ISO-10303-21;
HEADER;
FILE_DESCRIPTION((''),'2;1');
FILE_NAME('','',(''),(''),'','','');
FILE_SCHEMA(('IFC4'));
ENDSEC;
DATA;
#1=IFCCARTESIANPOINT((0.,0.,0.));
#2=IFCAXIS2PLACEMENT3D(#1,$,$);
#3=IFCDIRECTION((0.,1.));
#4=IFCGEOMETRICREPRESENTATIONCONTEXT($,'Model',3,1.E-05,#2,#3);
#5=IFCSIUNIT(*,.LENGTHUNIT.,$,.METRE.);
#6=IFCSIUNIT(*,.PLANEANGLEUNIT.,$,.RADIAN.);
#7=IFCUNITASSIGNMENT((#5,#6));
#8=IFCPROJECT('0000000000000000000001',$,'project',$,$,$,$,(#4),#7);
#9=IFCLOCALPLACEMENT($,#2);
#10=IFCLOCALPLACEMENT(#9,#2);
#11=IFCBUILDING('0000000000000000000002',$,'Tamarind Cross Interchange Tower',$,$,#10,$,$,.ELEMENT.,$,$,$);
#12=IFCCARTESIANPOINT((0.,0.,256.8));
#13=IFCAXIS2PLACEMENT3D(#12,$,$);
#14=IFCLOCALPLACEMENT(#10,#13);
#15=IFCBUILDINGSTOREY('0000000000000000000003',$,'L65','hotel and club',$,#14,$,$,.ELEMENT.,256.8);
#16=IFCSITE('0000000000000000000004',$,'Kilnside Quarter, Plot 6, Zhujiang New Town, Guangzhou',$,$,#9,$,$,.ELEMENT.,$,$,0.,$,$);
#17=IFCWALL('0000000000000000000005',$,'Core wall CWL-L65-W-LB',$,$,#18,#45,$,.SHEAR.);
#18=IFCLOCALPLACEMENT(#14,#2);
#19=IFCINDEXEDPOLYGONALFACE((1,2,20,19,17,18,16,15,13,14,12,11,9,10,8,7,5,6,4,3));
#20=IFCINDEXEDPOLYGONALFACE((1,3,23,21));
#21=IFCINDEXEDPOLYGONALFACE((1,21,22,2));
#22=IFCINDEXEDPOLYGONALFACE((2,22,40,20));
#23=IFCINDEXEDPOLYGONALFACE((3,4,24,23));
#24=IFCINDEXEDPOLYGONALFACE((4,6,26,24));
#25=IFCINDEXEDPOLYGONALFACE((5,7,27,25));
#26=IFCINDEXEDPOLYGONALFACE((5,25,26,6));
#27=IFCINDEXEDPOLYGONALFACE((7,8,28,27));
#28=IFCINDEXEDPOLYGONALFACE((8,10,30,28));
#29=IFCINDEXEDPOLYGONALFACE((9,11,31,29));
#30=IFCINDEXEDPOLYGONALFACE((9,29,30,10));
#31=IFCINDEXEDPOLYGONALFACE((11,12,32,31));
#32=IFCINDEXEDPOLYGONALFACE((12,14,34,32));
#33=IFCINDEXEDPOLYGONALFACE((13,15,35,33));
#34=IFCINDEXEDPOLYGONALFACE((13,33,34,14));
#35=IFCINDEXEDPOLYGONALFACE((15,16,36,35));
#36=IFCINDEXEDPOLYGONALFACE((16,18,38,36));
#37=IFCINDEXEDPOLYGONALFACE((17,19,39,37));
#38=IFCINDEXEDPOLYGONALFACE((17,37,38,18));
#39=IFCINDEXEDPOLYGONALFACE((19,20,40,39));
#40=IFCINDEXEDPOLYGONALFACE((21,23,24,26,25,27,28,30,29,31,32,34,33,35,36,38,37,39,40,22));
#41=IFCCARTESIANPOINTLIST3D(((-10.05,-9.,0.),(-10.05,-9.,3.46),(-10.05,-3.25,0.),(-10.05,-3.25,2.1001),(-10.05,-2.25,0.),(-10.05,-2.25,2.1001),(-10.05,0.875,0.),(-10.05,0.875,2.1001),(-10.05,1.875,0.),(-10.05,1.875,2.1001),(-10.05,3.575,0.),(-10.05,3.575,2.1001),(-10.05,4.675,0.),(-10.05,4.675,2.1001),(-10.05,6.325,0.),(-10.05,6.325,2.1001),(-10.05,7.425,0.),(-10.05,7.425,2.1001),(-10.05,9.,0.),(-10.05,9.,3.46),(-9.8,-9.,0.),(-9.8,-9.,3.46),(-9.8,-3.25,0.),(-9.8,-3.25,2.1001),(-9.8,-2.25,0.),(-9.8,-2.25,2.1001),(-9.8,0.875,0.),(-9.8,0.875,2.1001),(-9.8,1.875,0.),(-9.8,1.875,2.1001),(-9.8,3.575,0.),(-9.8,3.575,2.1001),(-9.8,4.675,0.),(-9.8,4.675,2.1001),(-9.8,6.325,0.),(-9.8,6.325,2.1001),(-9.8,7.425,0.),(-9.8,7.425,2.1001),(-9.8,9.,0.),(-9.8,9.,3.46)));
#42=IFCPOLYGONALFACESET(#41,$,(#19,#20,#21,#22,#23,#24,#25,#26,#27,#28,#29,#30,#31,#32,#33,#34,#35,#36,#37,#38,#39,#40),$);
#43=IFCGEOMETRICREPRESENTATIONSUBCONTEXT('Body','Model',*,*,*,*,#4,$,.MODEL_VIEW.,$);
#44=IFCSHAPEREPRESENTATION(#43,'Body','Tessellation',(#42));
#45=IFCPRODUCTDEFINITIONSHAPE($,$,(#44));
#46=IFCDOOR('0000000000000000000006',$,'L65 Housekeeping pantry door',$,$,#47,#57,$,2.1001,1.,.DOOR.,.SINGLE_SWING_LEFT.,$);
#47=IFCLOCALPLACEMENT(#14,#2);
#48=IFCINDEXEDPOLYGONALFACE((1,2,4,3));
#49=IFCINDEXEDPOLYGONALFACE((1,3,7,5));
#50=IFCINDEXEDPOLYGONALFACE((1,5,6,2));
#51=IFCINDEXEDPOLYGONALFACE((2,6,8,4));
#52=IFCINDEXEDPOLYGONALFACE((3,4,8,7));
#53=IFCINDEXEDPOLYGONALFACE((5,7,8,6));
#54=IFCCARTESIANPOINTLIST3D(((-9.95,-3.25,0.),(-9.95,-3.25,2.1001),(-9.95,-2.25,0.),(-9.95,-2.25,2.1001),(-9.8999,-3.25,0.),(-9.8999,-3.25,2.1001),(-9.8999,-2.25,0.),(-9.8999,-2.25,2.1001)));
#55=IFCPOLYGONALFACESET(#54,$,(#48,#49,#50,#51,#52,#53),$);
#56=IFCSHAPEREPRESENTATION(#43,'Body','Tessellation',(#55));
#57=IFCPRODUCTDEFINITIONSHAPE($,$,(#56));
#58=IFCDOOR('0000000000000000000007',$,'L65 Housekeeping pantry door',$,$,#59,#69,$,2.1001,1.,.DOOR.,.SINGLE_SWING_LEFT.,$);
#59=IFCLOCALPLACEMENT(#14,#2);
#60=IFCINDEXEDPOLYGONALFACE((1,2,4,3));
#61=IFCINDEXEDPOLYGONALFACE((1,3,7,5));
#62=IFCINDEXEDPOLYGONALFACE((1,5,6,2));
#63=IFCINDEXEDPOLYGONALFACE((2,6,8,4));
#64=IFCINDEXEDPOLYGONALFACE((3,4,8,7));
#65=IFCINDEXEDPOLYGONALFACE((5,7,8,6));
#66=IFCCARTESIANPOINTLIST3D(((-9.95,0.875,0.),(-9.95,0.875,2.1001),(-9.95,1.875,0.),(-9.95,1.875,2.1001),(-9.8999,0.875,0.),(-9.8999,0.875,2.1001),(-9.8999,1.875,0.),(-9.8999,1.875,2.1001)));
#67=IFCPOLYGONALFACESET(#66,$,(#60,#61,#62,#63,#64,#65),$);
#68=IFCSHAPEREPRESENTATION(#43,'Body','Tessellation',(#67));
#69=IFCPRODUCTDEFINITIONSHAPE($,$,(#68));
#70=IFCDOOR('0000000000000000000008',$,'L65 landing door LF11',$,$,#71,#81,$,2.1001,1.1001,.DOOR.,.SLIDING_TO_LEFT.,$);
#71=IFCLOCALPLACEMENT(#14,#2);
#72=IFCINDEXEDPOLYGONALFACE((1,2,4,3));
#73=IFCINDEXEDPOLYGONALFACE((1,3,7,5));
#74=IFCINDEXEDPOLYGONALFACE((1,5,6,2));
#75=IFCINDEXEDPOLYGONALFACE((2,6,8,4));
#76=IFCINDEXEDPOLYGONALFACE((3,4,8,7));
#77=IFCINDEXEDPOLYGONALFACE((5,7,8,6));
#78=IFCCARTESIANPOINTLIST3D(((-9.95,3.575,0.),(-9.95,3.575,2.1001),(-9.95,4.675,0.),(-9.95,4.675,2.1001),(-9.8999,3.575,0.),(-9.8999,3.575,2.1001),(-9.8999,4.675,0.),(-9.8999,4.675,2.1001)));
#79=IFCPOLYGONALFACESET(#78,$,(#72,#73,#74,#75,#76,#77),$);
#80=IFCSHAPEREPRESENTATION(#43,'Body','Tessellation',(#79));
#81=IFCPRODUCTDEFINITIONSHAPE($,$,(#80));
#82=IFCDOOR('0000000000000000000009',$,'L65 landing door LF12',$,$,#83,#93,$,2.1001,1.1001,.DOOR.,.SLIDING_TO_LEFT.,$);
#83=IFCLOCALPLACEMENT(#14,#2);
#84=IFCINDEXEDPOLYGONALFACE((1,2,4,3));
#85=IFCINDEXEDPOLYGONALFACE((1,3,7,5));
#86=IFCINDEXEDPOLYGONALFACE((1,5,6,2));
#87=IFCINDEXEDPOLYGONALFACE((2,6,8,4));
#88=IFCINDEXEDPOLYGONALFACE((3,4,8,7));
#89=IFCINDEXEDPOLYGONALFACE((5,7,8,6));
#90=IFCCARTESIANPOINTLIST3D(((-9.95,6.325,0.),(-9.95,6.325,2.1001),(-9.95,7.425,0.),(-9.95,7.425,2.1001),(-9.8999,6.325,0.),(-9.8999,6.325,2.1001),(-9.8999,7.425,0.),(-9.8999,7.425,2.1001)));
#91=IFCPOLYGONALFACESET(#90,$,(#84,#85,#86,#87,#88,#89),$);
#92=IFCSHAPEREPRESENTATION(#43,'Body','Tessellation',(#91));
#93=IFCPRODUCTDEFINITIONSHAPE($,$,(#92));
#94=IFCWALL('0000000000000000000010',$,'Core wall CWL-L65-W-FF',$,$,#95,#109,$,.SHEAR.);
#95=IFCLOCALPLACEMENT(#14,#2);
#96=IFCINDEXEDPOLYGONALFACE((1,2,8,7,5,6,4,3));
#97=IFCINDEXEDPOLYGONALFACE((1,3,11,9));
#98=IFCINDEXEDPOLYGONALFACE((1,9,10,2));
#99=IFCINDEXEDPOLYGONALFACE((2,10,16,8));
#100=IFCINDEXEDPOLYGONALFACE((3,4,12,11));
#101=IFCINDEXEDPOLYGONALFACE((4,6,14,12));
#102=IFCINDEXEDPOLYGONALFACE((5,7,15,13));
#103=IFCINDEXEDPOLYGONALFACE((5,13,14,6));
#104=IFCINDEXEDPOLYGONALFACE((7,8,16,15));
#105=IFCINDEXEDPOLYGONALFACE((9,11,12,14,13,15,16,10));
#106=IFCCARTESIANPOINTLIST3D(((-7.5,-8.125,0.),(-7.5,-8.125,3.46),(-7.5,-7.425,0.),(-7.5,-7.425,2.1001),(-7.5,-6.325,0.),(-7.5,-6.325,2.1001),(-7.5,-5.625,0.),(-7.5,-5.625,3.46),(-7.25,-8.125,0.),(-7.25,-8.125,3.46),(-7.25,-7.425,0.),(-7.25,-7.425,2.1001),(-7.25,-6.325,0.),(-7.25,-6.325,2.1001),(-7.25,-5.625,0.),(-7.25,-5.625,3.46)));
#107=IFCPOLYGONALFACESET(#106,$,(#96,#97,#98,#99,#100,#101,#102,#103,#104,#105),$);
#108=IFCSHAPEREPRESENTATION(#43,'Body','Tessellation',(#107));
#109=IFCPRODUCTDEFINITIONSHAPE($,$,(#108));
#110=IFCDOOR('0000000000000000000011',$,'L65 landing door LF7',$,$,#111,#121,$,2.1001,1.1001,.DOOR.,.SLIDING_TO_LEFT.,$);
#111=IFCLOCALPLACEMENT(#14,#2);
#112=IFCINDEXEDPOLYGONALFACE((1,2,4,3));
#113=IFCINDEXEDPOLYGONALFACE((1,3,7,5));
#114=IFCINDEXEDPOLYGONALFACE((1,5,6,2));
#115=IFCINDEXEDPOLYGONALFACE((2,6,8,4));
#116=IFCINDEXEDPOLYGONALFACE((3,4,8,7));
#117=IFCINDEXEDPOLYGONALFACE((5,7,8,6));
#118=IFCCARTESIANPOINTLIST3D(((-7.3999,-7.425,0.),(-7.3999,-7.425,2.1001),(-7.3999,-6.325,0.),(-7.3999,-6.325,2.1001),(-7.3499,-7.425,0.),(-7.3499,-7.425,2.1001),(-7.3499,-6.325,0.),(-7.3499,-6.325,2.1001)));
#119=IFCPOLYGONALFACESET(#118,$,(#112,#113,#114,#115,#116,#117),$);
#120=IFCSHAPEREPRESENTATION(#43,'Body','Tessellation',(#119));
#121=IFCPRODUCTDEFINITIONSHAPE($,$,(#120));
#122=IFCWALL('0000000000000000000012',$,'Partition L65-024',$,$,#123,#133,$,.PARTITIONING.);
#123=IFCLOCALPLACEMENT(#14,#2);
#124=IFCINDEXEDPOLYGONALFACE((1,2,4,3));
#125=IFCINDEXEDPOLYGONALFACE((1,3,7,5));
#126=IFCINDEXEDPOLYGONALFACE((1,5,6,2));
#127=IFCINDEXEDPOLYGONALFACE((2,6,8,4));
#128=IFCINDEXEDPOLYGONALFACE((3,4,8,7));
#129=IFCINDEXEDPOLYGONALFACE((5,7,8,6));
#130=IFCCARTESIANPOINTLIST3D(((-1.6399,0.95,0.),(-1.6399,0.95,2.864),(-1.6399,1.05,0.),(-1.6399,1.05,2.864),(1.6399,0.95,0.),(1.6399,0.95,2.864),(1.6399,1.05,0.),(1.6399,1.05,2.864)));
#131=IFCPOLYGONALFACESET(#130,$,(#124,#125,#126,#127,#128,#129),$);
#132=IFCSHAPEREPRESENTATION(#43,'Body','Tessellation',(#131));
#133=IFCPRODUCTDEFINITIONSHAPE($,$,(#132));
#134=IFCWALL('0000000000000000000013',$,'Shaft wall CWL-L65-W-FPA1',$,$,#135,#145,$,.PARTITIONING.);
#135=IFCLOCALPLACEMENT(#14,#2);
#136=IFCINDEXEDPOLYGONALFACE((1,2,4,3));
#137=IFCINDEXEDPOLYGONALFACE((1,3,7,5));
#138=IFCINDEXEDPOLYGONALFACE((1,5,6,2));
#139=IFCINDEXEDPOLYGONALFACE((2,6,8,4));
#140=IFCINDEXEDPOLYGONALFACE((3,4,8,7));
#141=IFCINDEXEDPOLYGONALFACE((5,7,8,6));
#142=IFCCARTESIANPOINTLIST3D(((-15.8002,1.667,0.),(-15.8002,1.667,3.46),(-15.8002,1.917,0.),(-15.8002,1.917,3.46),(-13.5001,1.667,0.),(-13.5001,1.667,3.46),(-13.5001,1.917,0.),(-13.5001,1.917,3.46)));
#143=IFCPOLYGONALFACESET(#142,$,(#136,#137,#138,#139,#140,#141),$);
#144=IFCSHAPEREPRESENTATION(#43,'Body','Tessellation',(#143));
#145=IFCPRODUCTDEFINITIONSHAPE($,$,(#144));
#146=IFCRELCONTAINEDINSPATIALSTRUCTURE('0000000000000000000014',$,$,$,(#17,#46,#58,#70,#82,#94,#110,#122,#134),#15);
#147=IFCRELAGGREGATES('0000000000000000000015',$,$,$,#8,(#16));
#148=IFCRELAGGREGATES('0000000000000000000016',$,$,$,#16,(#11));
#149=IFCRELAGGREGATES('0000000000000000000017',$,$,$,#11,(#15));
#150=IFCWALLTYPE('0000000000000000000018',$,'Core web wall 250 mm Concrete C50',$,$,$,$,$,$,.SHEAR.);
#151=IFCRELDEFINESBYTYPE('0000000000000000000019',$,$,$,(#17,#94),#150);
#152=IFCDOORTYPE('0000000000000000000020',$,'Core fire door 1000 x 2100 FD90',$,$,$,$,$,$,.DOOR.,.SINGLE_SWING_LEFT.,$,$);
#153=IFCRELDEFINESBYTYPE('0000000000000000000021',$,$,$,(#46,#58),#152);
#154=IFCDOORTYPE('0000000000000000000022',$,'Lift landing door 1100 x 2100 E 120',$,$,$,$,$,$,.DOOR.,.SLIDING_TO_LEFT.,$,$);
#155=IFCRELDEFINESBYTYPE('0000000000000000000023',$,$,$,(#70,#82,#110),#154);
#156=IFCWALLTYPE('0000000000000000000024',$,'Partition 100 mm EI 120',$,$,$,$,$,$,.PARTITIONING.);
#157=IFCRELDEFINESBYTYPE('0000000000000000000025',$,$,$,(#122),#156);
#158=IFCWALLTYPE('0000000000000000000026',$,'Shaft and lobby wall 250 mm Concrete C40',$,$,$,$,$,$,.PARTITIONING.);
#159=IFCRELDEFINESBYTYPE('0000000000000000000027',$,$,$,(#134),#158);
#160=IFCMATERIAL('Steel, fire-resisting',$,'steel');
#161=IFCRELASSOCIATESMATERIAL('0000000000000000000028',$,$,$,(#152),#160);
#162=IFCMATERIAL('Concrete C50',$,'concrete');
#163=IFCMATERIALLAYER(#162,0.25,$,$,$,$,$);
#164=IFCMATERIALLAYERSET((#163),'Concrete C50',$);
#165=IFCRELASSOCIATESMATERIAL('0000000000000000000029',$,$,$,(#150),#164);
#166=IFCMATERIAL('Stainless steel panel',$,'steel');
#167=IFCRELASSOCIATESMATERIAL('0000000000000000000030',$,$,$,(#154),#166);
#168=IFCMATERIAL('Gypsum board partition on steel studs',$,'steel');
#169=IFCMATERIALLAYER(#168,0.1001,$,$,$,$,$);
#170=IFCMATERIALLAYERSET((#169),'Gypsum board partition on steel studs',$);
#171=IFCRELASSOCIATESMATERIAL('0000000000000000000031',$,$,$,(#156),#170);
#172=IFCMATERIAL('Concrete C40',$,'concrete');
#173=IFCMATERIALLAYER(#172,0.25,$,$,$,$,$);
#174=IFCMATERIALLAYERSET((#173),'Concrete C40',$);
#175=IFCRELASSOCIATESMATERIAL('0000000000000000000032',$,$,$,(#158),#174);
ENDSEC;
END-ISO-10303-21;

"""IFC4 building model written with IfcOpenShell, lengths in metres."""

from ifc_helpers import new_model, si_unit, direction, frame, frame_2d, origin, place, context, subcontext, project, spatial, rectangle, extrude, material, layer, layer_set, type_object, element, fill, save


model = new_model("IFC4")

# Units and contexts
model_context = context("Model", 3, precision=1e-05, world=origin(), true_north=direction((0.0, 1.0)))
body_context = subcontext(model_context, "Body", "Model", "MODEL_VIEW")
ifc_project = project(units=[si_unit("LENGTHUNIT", "METRE"), si_unit("PLANEANGLEUNIT", "RADIAN")], contexts=[model_context])

# Site, building, storey
site_placement = place(None, origin())
site = spatial("IfcSite", under=ifc_project, at=site_placement, Name="Kilnside Quarter, Plot 6, Zhujiang New Town, Guangzhou", CompositionType="ELEMENT", RefElevation=0.0)
building_placement = place(site_placement, origin())
building = spatial("IfcBuilding", under=site, at=building_placement, Name="Tamarind Cross Interchange Tower", CompositionType="ELEMENT")
storey_placement = place(building_placement, frame((0.0, 0.0, 256.8)))
storey = spatial("IfcBuildingStorey", under=building, at=storey_placement, Name="L65", Description="hotel and club", CompositionType="ELEMENT", Elevation=256.8)

# Shared definitions
ifc_material_1 = material(Name="Concrete C50", Category="concrete")
ifc_material_2 = material(Name="Steel, fire-resisting", Category="steel")
door_type_1 = type_object("IfcDoorType", Name="Core fire door 1000 x 2100 FD90", OperationType="SINGLE_SWING_LEFT", PredefinedType="DOOR", material=ifc_material_2)

# Shared definitions
ifc_layer_1 = layer(ifc_material_1, 0.25)
ifc_layer_set_1 = layer_set([ifc_layer_1], Name="Concrete C50")
wall_type_1 = type_object("IfcWallType", Name="Core web wall 250 mm Concrete C50", PredefinedType="SHEAR", material=ifc_layer_set_1)

# Wall, openings, doors
wall_1_placement = place(storey_placement, frame((-9.925, -9.0, 0.0), z_axis=(0.0, 0.0, 1.0), x_axis=(0.0, 1.0, 0.0)))
wall_1 = element("IfcWall", 1, at=wall_1_placement, inside=storey, type_object=wall_type_1, Name="Core wall CWL-L65-W-LB", PredefinedType="SHEAR", context=body_context, shape_type="SweptSolid", body=[
    extrude(rectangle(XDim=18.0, YDim=0.25, at=frame_2d((9.0, 0.0))), origin(), (0.0, 0.0, 1.0), 3.46),
])
opening_1_placement = place(wall_1_placement, frame((12.575, 0.0, 0.0)))
opening_1 = element("IfcOpeningElement", 2, at=opening_1_placement, cuts=wall_1, PredefinedType="OPENING", context=body_context, shape_type="SweptSolid", body=[
    extrude(rectangle(XDim=1.1001, YDim=2.1001, at=frame_2d((0.55, 1.05))), frame((0.0, 0.135, 0.0), z_axis=(0.0, -1.0, 0.0), x_axis=(1.0, 0.0, 0.0)), (0.0, 0.0, 1.0), 0.27),
])
opening_2_placement = place(wall_1_placement, frame((15.325, 0.0, 0.0)))
opening_2 = element("IfcOpeningElement", 3, at=opening_2_placement, cuts=wall_1, PredefinedType="OPENING", context=body_context, shape_type="SweptSolid", body=[
    extrude(rectangle(XDim=1.1001, YDim=2.1001, at=frame_2d((0.55, 1.05))), frame((0.0, 0.135, 0.0), z_axis=(0.0, -1.0, 0.0), x_axis=(1.0, 0.0, 0.0)), (0.0, 0.0, 1.0), 0.27),
])
opening_3_placement = place(wall_1_placement, frame((5.75, 0.0, 0.0)))
opening_3 = element("IfcOpeningElement", 4, at=opening_3_placement, cuts=wall_1, PredefinedType="OPENING", context=body_context, shape_type="SweptSolid", body=[
    extrude(rectangle(XDim=1.0, YDim=2.1001, at=frame_2d((0.5, 1.05))), frame((0.0, 0.135, 0.0), z_axis=(0.0, -1.0, 0.0), x_axis=(1.0, 0.0, 0.0)), (0.0, 0.0, 1.0), 0.27),
])
opening_4_placement = place(wall_1_placement, frame((9.875, 0.0, 0.0)))
opening_4 = element("IfcOpeningElement", 5, at=opening_4_placement, cuts=wall_1, PredefinedType="OPENING", context=body_context, shape_type="SweptSolid", body=[
    extrude(rectangle(XDim=1.0, YDim=2.1001, at=frame_2d((0.5, 1.05))), frame((0.0, 0.135, 0.0), z_axis=(0.0, -1.0, 0.0), x_axis=(1.0, 0.0, 0.0)), (0.0, 0.0, 1.0), 0.27),
])
door_1_placement = place(opening_3_placement, origin())
door_1 = element("IfcDoor", 6, at=door_1_placement, inside=storey, type_object=door_type_1, Name="L65 Housekeeping pantry door", OperationType="SINGLE_SWING_LEFT", OverallHeight=2.1001, OverallWidth=1.0, PredefinedType="DOOR", context=body_context, shape_type="SweptSolid", body=[
    extrude(rectangle(XDim=1.0, YDim=2.1001, at=frame_2d((0.5, 1.05))), frame((0.0, 0.0249, 0.0), z_axis=(0.0, -1.0, 0.0), x_axis=(1.0, 0.0, 0.0)), (0.0, 0.0, 1.0), 0.05),
])
fill(opening_3, door_1)
door_2_placement = place(opening_4_placement, origin())
door_2 = element("IfcDoor", 7, at=door_2_placement, inside=storey, type_object=door_type_1, Name="L65 Housekeeping pantry door", OperationType="SINGLE_SWING_LEFT", OverallHeight=2.1001, OverallWidth=1.0, PredefinedType="DOOR", context=body_context, shape_type="SweptSolid", body=[
    extrude(rectangle(XDim=1.0, YDim=2.1001, at=frame_2d((0.5, 1.05))), frame((0.0, 0.0249, 0.0), z_axis=(0.0, -1.0, 0.0), x_axis=(1.0, 0.0, 0.0)), (0.0, 0.0, 1.0), 0.05),
])
fill(opening_4, door_2)
ifc_material_3 = material(Name="Stainless steel panel", Category="steel")
door_type_2 = type_object("IfcDoorType", Name="Lift landing door 1100 x 2100 E 120", OperationType="SLIDING_TO_LEFT", PredefinedType="DOOR", material=ifc_material_3)
door_3_placement = place(opening_1_placement, origin())
door_3 = element("IfcDoor", 8, at=door_3_placement, inside=storey, type_object=door_type_2, Name="L65 landing door LF11", OperationType="SLIDING_TO_LEFT", OverallHeight=2.1001, OverallWidth=1.1001, PredefinedType="DOOR", context=body_context, shape_type="SweptSolid", body=[
    extrude(rectangle(XDim=1.1001, YDim=2.1001, at=frame_2d((0.55, 1.05))), frame((0.0, 0.0249, 0.0), z_axis=(0.0, -1.0, 0.0), x_axis=(1.0, 0.0, 0.0)), (0.0, 0.0, 1.0), 0.05),
])
fill(opening_1, door_3)
door_4_placement = place(opening_2_placement, origin())
door_4 = element("IfcDoor", 9, at=door_4_placement, inside=storey, type_object=door_type_2, Name="L65 landing door LF12", OperationType="SLIDING_TO_LEFT", OverallHeight=2.1001, OverallWidth=1.1001, PredefinedType="DOOR", context=body_context, shape_type="SweptSolid", body=[
    extrude(rectangle(XDim=1.1001, YDim=2.1001, at=frame_2d((0.55, 1.05))), frame((0.0, 0.0249, 0.0), z_axis=(0.0, -1.0, 0.0), x_axis=(1.0, 0.0, 0.0)), (0.0, 0.0, 1.0), 0.05),
])
fill(opening_2, door_4)

# Wall, opening, door
wall_2_placement = place(storey_placement, frame((-7.375, -8.125, 0.0), z_axis=(0.0, 0.0, 1.0), x_axis=(0.0, 1.0, 0.0)))
wall_2 = element("IfcWall", 10, at=wall_2_placement, inside=storey, type_object=wall_type_1, Name="Core wall CWL-L65-W-FF", PredefinedType="SHEAR", context=body_context, shape_type="SweptSolid", body=[
    extrude(rectangle(XDim=2.5, YDim=0.25, at=frame_2d((1.25, 0.0))), origin(), (0.0, 0.0, 1.0), 3.46),
])
opening_5_placement = place(wall_2_placement, frame((0.7, 0.0, 0.0)))
opening_5 = element("IfcOpeningElement", 11, at=opening_5_placement, cuts=wall_2, PredefinedType="OPENING", context=body_context, shape_type="SweptSolid", body=[
    extrude(rectangle(XDim=1.1001, YDim=2.1001, at=frame_2d((0.55, 1.05))), frame((0.0, 0.135, 0.0), z_axis=(0.0, -1.0, 0.0), x_axis=(1.0, 0.0, 0.0)), (0.0, 0.0, 1.0), 0.27),
])
door_5_placement = place(opening_5_placement, origin())
door_5 = element("IfcDoor", 12, at=door_5_placement, inside=storey, type_object=door_type_2, Name="L65 landing door LF7", OperationType="SLIDING_TO_LEFT", OverallHeight=2.1001, OverallWidth=1.1001, PredefinedType="DOOR", context=body_context, shape_type="SweptSolid", body=[
    extrude(rectangle(XDim=1.1001, YDim=2.1001, at=frame_2d((0.55, 1.05))), frame((0.0, 0.0249, 0.0), z_axis=(0.0, -1.0, 0.0), x_axis=(1.0, 0.0, 0.0)), (0.0, 0.0, 1.0), 0.05),
])
fill(opening_5, door_5)

# Walls
ifc_material_4 = material(Name="Gypsum board partition on steel studs", Category="steel")
ifc_layer_2 = layer(ifc_material_4, 0.1001)
ifc_layer_set_2 = layer_set([ifc_layer_2], Name="Gypsum board partition on steel studs")
wall_type_2 = type_object("IfcWallType", Name="Partition 100 mm EI 120", PredefinedType="PARTITIONING", material=ifc_layer_set_2)
wall_3_placement = place(storey_placement, frame((-1.6399, 1.0, 0.0), z_axis=(0.0, 0.0, 1.0), x_axis=(1.0, 0.0, 0.0)))
element("IfcWall", 13, at=wall_3_placement, inside=storey, type_object=wall_type_2, Name="Partition L65-024", PredefinedType="PARTITIONING", context=body_context, shape_type="SweptSolid", body=[
    extrude(rectangle(XDim=3.2798, YDim=0.1001, at=frame_2d((1.6399, 0.0))), origin(), (0.0, 0.0, 1.0), 2.864),
])
ifc_material_5 = material(Name="Concrete C40", Category="concrete")
ifc_layer_3 = layer(ifc_material_5, 0.25)
ifc_layer_set_3 = layer_set([ifc_layer_3], Name="Concrete C40")
wall_type_3 = type_object("IfcWallType", Name="Shaft and lobby wall 250 mm Concrete C40", PredefinedType="PARTITIONING", material=ifc_layer_set_3)
wall_4_placement = place(storey_placement, frame((-15.8, 1.792, 0.0), z_axis=(0.0, 0.0, 1.0), x_axis=(1.0, 0.0, 0.0)))
element("IfcWall", 14, at=wall_4_placement, inside=storey, type_object=wall_type_3, Name="Shaft wall CWL-L65-W-FPA1", PredefinedType="PARTITIONING", context=body_context, shape_type="SweptSolid", body=[
    extrude(rectangle(XDim=2.3, YDim=0.25, at=frame_2d((1.1499, 0.0))), origin(), (0.0, 0.0, 1.0), 3.46),
])

save(model, "model.ifc")
